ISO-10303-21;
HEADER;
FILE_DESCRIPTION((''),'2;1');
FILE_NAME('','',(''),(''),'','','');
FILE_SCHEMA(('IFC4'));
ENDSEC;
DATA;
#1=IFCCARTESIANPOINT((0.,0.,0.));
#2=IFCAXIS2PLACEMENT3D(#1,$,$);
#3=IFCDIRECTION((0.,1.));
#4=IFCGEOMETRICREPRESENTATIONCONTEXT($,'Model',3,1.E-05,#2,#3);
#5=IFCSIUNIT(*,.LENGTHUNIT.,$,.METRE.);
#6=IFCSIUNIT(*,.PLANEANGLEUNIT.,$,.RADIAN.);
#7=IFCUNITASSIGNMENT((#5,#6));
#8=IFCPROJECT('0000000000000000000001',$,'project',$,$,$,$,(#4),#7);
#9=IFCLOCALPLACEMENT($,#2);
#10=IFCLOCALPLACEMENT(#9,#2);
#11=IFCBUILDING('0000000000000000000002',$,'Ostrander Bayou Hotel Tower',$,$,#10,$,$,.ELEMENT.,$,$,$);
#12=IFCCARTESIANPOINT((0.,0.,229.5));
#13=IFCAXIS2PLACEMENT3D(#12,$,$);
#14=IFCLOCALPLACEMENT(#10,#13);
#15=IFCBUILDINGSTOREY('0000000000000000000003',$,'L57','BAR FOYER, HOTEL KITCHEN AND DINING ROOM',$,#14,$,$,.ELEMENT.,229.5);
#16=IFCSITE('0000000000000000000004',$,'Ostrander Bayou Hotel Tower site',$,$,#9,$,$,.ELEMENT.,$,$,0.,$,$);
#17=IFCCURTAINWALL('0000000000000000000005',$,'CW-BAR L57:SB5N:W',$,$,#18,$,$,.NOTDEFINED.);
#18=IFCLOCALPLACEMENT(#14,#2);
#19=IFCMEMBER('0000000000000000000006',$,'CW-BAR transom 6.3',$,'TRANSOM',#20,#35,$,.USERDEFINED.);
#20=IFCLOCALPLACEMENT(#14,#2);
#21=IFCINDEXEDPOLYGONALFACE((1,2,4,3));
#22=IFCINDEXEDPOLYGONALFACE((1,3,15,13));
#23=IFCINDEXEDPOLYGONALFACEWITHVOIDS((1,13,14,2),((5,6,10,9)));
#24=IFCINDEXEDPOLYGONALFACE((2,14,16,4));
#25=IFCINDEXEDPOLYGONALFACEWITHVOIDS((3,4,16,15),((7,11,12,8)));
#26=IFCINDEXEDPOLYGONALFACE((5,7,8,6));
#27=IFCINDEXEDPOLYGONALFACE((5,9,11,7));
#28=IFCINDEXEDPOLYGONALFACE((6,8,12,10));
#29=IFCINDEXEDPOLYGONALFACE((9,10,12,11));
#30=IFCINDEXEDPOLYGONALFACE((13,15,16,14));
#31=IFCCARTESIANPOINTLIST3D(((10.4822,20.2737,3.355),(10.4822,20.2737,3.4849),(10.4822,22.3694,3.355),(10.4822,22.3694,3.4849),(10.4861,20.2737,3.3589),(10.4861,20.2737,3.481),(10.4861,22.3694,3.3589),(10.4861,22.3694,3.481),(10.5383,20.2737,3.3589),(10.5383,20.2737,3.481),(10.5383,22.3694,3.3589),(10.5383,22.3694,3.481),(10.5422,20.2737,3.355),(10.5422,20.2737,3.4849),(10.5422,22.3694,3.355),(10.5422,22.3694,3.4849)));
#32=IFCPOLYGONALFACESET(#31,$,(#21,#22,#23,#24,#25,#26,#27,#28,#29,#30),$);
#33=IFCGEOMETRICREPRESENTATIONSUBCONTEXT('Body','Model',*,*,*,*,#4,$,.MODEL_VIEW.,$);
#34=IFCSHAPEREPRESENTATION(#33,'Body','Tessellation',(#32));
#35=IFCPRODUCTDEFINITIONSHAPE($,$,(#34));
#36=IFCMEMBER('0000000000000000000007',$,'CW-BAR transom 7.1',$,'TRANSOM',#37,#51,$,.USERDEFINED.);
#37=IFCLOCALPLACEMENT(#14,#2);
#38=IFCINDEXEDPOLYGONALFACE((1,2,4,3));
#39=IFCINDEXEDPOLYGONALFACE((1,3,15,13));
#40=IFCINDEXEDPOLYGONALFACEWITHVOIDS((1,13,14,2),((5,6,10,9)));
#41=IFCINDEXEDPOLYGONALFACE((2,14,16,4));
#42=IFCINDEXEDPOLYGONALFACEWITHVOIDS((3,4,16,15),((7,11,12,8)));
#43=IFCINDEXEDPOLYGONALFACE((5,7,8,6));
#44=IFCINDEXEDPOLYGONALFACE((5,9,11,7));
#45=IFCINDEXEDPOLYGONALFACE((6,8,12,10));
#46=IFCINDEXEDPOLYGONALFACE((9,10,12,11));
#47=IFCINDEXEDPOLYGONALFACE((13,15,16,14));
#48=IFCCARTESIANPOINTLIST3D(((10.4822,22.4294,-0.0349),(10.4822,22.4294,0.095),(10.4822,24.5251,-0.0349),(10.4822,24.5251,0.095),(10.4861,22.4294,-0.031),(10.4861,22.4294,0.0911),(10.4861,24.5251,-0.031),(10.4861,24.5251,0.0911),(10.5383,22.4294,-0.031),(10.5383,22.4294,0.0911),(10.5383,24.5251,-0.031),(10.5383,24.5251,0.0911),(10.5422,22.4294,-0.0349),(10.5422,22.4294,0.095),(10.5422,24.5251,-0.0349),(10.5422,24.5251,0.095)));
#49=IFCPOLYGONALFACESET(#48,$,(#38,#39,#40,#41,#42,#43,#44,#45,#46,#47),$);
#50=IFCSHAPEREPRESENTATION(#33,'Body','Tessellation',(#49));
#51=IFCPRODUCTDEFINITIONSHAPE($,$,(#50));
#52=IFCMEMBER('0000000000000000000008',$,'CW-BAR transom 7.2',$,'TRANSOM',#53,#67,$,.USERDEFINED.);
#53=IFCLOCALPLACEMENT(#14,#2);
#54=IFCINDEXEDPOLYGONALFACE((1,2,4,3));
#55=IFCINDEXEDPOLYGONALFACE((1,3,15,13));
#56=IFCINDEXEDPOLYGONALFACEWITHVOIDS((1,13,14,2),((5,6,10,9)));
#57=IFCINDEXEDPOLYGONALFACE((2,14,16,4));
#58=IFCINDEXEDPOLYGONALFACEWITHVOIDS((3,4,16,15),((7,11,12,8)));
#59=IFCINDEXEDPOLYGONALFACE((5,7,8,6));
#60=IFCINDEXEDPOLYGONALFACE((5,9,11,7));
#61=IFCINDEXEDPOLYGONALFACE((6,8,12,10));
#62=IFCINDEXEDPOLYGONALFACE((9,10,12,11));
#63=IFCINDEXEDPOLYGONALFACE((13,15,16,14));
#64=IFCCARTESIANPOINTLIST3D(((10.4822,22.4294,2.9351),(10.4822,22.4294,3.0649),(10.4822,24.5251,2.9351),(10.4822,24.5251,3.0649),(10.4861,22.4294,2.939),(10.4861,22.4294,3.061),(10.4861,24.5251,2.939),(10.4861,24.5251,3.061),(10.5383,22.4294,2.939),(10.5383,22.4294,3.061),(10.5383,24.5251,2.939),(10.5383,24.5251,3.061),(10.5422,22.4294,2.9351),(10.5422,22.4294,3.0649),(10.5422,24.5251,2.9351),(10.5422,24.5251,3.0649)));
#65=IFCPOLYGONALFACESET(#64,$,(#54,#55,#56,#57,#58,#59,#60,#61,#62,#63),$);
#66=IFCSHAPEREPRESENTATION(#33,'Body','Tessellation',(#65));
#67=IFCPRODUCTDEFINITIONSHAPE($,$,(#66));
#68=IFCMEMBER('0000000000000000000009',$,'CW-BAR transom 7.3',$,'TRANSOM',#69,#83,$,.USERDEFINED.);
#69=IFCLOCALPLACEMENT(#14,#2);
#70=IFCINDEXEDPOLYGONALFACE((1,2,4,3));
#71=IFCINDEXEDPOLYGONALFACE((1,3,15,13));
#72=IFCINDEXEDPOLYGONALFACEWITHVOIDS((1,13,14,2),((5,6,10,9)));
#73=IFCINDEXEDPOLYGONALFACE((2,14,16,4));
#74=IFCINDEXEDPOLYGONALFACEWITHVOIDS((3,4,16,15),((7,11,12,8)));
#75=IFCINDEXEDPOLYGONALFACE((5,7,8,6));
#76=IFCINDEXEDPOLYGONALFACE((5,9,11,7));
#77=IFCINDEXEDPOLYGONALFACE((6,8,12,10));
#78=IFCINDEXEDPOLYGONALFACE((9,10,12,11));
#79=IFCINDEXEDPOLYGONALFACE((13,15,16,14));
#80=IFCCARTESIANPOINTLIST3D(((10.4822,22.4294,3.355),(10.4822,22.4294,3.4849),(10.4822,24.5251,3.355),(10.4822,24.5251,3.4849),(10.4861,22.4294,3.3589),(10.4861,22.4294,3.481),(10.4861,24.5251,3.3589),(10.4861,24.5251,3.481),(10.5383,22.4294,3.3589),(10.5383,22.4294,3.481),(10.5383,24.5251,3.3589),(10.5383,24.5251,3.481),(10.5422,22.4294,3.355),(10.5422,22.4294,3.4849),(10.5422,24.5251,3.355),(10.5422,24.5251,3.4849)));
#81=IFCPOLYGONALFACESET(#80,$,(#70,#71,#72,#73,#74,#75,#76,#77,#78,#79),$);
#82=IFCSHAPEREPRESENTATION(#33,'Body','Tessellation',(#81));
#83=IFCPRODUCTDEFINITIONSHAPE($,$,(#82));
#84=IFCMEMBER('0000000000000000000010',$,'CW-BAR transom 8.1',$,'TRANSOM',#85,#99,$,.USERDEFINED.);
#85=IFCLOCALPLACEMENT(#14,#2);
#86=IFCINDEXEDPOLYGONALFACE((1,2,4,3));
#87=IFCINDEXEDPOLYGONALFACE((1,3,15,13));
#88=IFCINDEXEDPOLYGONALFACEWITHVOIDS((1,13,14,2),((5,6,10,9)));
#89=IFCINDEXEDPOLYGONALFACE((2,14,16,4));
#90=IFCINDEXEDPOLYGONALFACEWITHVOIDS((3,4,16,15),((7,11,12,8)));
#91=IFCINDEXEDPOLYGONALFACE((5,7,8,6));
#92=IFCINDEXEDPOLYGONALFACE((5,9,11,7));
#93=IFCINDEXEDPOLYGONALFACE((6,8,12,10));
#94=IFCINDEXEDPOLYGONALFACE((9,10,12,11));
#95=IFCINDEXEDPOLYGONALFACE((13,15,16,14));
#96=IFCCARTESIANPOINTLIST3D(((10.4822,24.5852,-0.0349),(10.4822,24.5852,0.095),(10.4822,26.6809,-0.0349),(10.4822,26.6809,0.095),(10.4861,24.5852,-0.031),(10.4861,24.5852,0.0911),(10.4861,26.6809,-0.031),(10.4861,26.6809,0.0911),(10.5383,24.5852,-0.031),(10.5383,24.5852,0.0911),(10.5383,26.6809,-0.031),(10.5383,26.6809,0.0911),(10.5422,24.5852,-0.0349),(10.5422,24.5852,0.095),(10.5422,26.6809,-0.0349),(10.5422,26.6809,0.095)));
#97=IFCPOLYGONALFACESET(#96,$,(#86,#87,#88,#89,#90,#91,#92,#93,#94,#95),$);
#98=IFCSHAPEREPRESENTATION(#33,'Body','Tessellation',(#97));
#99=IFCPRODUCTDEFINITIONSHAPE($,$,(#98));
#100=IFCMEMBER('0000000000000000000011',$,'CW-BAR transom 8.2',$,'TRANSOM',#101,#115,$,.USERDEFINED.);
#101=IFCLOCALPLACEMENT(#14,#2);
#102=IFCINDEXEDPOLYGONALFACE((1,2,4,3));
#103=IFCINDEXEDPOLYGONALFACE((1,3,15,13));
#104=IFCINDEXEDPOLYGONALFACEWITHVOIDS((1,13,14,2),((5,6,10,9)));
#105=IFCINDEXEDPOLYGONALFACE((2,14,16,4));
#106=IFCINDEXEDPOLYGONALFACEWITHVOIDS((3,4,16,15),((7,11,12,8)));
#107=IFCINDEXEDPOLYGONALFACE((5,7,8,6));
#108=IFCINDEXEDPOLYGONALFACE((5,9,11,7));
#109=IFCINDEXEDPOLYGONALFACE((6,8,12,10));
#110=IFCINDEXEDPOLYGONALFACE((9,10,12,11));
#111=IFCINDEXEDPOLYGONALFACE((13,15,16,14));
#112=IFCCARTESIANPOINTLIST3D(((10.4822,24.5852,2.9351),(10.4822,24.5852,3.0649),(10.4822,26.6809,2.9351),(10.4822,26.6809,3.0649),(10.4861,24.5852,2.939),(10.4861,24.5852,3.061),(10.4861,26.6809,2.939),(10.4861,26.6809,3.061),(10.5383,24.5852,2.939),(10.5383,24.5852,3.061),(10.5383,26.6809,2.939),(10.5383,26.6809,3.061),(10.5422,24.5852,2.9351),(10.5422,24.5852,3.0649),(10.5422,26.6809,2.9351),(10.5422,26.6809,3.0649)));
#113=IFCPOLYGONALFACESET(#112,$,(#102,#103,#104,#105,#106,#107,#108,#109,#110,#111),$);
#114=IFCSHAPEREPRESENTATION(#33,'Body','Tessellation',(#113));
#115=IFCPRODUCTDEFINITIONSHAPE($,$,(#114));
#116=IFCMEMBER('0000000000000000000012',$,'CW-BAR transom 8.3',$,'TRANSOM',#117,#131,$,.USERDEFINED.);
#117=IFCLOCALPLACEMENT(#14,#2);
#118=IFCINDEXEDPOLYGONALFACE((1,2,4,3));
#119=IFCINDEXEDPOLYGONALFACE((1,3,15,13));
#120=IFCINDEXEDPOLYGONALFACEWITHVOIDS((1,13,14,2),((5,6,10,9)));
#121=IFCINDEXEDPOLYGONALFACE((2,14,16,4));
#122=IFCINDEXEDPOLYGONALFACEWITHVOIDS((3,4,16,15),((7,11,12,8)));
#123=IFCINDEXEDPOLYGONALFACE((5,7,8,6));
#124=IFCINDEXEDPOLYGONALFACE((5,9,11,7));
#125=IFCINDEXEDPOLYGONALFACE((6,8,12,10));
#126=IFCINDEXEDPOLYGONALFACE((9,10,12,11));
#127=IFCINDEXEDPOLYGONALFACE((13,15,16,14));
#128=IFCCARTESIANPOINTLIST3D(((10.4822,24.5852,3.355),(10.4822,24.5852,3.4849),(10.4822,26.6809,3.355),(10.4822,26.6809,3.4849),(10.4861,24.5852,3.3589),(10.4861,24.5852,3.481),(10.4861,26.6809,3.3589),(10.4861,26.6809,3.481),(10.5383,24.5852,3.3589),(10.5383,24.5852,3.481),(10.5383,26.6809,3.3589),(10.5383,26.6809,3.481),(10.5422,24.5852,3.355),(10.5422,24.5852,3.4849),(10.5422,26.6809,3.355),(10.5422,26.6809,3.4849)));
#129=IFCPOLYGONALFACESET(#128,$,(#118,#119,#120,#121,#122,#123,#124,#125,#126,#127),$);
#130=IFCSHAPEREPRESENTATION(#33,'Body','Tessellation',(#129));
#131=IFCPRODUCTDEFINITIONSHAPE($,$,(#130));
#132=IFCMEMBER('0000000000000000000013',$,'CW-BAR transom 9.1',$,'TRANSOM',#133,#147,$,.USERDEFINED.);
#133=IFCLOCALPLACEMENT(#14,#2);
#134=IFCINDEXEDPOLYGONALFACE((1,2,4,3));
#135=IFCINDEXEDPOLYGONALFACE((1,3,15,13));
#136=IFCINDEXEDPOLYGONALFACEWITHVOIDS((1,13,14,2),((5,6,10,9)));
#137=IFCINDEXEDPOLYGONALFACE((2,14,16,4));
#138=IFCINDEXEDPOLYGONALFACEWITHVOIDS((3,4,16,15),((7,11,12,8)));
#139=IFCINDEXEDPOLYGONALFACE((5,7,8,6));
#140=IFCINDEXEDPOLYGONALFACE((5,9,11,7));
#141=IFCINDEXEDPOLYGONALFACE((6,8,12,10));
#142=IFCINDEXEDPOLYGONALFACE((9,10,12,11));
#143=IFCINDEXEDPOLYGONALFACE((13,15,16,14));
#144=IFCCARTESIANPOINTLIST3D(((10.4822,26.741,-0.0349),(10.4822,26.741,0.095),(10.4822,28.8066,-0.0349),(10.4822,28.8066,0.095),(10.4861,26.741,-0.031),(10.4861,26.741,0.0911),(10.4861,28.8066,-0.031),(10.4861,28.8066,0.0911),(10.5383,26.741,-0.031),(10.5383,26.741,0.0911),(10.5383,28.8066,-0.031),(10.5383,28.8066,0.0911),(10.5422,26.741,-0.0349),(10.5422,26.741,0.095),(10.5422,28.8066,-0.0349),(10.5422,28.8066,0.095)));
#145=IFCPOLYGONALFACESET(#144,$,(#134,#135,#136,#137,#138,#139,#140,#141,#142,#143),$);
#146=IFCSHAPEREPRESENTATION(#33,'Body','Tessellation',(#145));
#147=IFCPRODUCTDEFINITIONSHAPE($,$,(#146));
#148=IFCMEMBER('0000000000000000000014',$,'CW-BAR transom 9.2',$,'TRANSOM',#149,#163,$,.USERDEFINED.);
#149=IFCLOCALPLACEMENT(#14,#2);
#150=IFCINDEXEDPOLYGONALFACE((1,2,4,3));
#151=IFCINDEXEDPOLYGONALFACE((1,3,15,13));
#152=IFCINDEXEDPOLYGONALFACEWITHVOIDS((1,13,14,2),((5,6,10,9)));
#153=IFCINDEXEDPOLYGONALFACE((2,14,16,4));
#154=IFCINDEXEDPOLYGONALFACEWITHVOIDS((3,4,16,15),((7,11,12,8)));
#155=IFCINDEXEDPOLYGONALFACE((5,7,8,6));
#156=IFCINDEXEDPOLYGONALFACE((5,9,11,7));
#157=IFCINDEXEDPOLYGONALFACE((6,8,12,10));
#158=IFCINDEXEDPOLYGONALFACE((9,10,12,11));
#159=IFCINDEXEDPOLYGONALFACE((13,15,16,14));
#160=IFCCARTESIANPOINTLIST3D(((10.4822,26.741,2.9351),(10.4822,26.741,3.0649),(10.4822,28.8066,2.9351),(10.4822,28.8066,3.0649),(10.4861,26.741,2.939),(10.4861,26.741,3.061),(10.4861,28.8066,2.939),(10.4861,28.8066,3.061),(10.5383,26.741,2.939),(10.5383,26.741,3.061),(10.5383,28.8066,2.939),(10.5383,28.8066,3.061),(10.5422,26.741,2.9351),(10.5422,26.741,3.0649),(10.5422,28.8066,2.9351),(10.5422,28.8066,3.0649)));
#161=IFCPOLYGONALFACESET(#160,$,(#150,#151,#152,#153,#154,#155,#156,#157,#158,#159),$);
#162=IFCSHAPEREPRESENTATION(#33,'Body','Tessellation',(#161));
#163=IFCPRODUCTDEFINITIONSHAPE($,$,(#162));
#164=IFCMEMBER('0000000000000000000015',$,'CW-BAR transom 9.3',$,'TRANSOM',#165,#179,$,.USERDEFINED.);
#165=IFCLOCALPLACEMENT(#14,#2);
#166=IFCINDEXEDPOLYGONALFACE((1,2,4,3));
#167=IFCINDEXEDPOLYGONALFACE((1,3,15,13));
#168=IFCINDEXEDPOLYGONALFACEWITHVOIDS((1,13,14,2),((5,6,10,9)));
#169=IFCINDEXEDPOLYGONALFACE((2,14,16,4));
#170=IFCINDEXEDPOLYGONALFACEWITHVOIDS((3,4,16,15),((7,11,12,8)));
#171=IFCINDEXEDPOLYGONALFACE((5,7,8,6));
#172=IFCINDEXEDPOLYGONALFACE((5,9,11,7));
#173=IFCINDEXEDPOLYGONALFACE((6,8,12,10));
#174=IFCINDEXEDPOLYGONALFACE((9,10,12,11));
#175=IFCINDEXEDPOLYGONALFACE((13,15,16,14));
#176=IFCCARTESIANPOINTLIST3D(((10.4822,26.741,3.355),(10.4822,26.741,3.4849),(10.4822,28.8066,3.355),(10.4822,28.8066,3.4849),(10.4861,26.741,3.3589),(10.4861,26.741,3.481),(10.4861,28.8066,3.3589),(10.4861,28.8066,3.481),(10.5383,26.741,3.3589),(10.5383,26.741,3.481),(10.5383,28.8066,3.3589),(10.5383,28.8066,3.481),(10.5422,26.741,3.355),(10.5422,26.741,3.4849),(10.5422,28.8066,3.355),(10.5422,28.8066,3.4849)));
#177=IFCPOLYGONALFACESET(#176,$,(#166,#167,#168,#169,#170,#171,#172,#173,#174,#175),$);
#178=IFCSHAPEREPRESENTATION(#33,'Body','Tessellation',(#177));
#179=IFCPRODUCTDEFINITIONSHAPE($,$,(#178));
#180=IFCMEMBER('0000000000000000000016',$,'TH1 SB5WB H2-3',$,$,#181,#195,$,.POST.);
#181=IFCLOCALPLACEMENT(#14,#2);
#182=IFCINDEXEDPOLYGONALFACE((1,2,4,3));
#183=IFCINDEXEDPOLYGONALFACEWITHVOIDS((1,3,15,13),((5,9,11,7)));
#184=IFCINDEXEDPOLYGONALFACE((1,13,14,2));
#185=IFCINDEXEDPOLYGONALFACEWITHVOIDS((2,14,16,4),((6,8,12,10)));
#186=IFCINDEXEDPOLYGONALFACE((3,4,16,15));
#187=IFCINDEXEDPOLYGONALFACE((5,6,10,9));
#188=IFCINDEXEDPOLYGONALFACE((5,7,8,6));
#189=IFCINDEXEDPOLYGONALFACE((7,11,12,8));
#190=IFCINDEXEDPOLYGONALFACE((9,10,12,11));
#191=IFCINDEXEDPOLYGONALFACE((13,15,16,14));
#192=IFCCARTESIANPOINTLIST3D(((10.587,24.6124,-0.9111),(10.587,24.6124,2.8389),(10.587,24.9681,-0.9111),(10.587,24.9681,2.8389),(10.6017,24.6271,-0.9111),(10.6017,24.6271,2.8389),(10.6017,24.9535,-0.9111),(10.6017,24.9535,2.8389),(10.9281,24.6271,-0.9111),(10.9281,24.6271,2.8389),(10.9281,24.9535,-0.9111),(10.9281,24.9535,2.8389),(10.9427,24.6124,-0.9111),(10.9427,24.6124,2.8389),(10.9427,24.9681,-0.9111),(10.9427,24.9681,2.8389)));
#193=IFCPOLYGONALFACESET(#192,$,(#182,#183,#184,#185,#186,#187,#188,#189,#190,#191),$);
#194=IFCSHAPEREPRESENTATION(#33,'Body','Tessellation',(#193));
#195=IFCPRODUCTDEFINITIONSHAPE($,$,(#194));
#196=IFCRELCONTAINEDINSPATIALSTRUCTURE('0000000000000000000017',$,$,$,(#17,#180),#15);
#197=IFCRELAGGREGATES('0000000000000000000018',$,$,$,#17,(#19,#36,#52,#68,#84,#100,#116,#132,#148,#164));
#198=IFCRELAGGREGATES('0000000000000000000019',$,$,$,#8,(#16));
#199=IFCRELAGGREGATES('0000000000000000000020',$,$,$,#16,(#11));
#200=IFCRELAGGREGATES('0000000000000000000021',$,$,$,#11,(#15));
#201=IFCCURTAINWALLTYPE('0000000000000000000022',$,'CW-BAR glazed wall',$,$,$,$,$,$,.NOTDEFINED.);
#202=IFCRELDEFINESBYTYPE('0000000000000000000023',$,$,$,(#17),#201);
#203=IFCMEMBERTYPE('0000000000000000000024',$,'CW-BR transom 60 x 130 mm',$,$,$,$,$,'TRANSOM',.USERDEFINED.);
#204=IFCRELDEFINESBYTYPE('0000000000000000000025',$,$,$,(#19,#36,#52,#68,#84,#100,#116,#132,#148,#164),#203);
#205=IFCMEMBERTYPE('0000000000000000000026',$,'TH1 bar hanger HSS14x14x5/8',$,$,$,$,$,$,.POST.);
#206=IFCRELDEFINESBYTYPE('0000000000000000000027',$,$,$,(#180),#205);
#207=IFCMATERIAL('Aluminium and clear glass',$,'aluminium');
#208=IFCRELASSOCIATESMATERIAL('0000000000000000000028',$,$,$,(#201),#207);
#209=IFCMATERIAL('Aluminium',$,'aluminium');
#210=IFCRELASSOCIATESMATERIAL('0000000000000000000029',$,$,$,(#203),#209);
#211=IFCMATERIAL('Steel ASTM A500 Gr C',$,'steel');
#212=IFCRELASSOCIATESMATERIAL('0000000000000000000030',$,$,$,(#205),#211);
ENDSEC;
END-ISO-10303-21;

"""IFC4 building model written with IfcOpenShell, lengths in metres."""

from ifc_helpers import new_model, si_unit, direction, frame, origin, origin_2d, place, context, subcontext, project, spatial, hollow_rectangle, extrude, material, material_profile, profile_set, type_object, element, aggregate, save


model = new_model("IFC4")

# Units and contexts
model_context = context("Model", 3, precision=1e-05, world=origin(), true_north=direction((0.0, 1.0)))
body_context = subcontext(model_context, "Body", "Model", "MODEL_VIEW")
ifc_project = project(units=[si_unit("LENGTHUNIT", "METRE"), si_unit("PLANEANGLEUNIT", "RADIAN")], contexts=[model_context])

# Site, building, storey
site_placement = place(None, origin())
site = spatial("IfcSite", under=ifc_project, at=site_placement, Name="Ostrander Bayou Hotel Tower site", CompositionType="ELEMENT", RefElevation=0.0)
building_placement = place(site_placement, origin())
building = spatial("IfcBuilding", under=site, at=building_placement, Name="Ostrander Bayou Hotel Tower", CompositionType="ELEMENT")
storey_placement = place(building_placement, frame((0.0, 0.0, 229.5)))
storey = spatial("IfcBuildingStorey", under=building, at=storey_placement, Name="L57", Description="BAR FOYER, HOTEL KITCHEN AND DINING ROOM", CompositionType="ELEMENT", Elevation=229.5)

# Curtain wall, members
ifc_material_1 = material(Name="Aluminium and clear glass", Category="aluminium")
curtain_wall_type = type_object("IfcCurtainWallType", Name="CW-BAR glazed wall", PredefinedType="NOTDEFINED", material=ifc_material_1)
curtain_wall_placement = place(storey_placement, origin())
curtain_wall = element("IfcCurtainWall", 1, at=curtain_wall_placement, inside=storey, type_object=curtain_wall_type, Name="CW-BAR L57:SB5N:W", PredefinedType="NOTDEFINED")
ifc_material_2 = material(Name="Aluminium", Category="aluminium")
ifc_material_profile_1 = material_profile(ifc_material_2, hollow_rectangle(XDim=0.0601, YDim=0.1299, WallThickness=0.0039, at=origin_2d()))
ifc_profile_set_1 = profile_set([ifc_material_profile_1], Name="Aluminium")
member_type_1 = type_object("IfcMemberType", Name="CW-BR transom 60 x 130 mm", ElementType="TRANSOM", PredefinedType="USERDEFINED", material=ifc_profile_set_1)
member_1_placement = place(storey_placement, frame((10.5122, 20.2737, 3.4199), z_axis=(0.0, 1.0, 0.0), x_axis=(-1.0, 0.0, 0.0)))
member_1 = element("IfcMember", 2, at=member_1_placement, type_object=member_type_1, Name="CW-BAR transom 6.3", ObjectType="TRANSOM", PredefinedType="USERDEFINED", context=body_context, shape_type="SweptSolid", body=[
    extrude(hollow_rectangle(XDim=0.0601, YDim=0.1299, WallThickness=0.0039, at=origin_2d()), origin(), (0.0, 0.0, 1.0), 2.0957),
])
member_2_placement = place(storey_placement, frame((10.5122, 22.4294, 0.03), z_axis=(0.0, 1.0, 0.0), x_axis=(-1.0, 0.0, 0.0)))
member_2 = element("IfcMember", 3, at=member_2_placement, type_object=member_type_1, Name="CW-BAR transom 7.1", ObjectType="TRANSOM", PredefinedType="USERDEFINED", context=body_context, shape_type="SweptSolid", body=[
    extrude(hollow_rectangle(XDim=0.0601, YDim=0.1299, WallThickness=0.0039, at=origin_2d()), origin(), (0.0, 0.0, 1.0), 2.0957),
])
member_3_placement = place(storey_placement, frame((10.5122, 22.4294, 3.0), z_axis=(0.0, 1.0, 0.0), x_axis=(-1.0, 0.0, 0.0)))
member_3 = element("IfcMember", 4, at=member_3_placement, type_object=member_type_1, Name="CW-BAR transom 7.2", ObjectType="TRANSOM", PredefinedType="USERDEFINED", context=body_context, shape_type="SweptSolid", body=[
    extrude(hollow_rectangle(XDim=0.0601, YDim=0.1299, WallThickness=0.0039, at=origin_2d()), origin(), (0.0, 0.0, 1.0), 2.0957),
])
member_4_placement = place(storey_placement, frame((10.5122, 22.4294, 3.4199), z_axis=(0.0, 1.0, 0.0), x_axis=(-1.0, 0.0, 0.0)))
member_4 = element("IfcMember", 5, at=member_4_placement, type_object=member_type_1, Name="CW-BAR transom 7.3", ObjectType="TRANSOM", PredefinedType="USERDEFINED", context=body_context, shape_type="SweptSolid", body=[
    extrude(hollow_rectangle(XDim=0.0601, YDim=0.1299, WallThickness=0.0039, at=origin_2d()), origin(), (0.0, 0.0, 1.0), 2.0957),
])
member_5_placement = place(storey_placement, frame((10.5122, 24.5852, 0.03), z_axis=(0.0, 1.0, 0.0), x_axis=(-1.0, 0.0, 0.0)))
member_5 = element("IfcMember", 6, at=member_5_placement, type_object=member_type_1, Name="CW-BAR transom 8.1", ObjectType="TRANSOM", PredefinedType="USERDEFINED", context=body_context, shape_type="SweptSolid", body=[
    extrude(hollow_rectangle(XDim=0.0601, YDim=0.1299, WallThickness=0.0039, at=origin_2d()), origin(), (0.0, 0.0, 1.0), 2.0957),
])
member_6_placement = place(storey_placement, frame((10.5122, 24.5852, 3.0), z_axis=(0.0, 1.0, 0.0), x_axis=(-1.0, 0.0, 0.0)))
member_6 = element("IfcMember", 7, at=member_6_placement, type_object=member_type_1, Name="CW-BAR transom 8.2", ObjectType="TRANSOM", PredefinedType="USERDEFINED", context=body_context, shape_type="SweptSolid", body=[
    extrude(hollow_rectangle(XDim=0.0601, YDim=0.1299, WallThickness=0.0039, at=origin_2d()), origin(), (0.0, 0.0, 1.0), 2.0957),
])
member_7_placement = place(storey_placement, frame((10.5122, 24.5852, 3.4199), z_axis=(0.0, 1.0, 0.0), x_axis=(-1.0, 0.0, 0.0)))
member_7 = element("IfcMember", 8, at=member_7_placement, type_object=member_type_1, Name="CW-BAR transom 8.3", ObjectType="TRANSOM", PredefinedType="USERDEFINED", context=body_context, shape_type="SweptSolid", body=[
    extrude(hollow_rectangle(XDim=0.0601, YDim=0.1299, WallThickness=0.0039, at=origin_2d()), origin(), (0.0, 0.0, 1.0), 2.0957),
])
member_8_placement = place(storey_placement, frame((10.5122, 26.741, 0.03), z_axis=(0.0, 1.0, 0.0), x_axis=(-1.0, 0.0, 0.0)))
member_8 = element("IfcMember", 9, at=member_8_placement, type_object=member_type_1, Name="CW-BAR transom 9.1", ObjectType="TRANSOM", PredefinedType="USERDEFINED", context=body_context, shape_type="SweptSolid", body=[
    extrude(hollow_rectangle(XDim=0.0601, YDim=0.1299, WallThickness=0.0039, at=origin_2d()), origin(), (0.0, 0.0, 1.0), 2.0657),
])
member_9_placement = place(storey_placement, frame((10.5122, 26.741, 3.0), z_axis=(0.0, 1.0, 0.0), x_axis=(-1.0, 0.0, 0.0)))
member_9 = element("IfcMember", 10, at=member_9_placement, type_object=member_type_1, Name="CW-BAR transom 9.2", ObjectType="TRANSOM", PredefinedType="USERDEFINED", context=body_context, shape_type="SweptSolid", body=[
    extrude(hollow_rectangle(XDim=0.0601, YDim=0.1299, WallThickness=0.0039, at=origin_2d()), origin(), (0.0, 0.0, 1.0), 2.0657),
])
member_10_placement = place(storey_placement, frame((10.5122, 26.741, 3.4199), z_axis=(0.0, 1.0, 0.0), x_axis=(-1.0, 0.0, 0.0)))
member_10 = element("IfcMember", 11, at=member_10_placement, type_object=member_type_1, Name="CW-BAR transom 9.3", ObjectType="TRANSOM", PredefinedType="USERDEFINED", context=body_context, shape_type="SweptSolid", body=[
    extrude(hollow_rectangle(XDim=0.0601, YDim=0.1299, WallThickness=0.0039, at=origin_2d()), origin(), (0.0, 0.0, 1.0), 2.0657),
])

# Member
ifc_material_3 = material(Name="Steel ASTM A500 Gr C", Category="steel")
ifc_material_profile_2 = material_profile(ifc_material_3, hollow_rectangle(XDim=0.3557, YDim=0.3557, WallThickness=0.0146, at=origin_2d()))
ifc_profile_set_2 = profile_set([ifc_material_profile_2], Name="Steel ASTM A500 Gr C")
member_type_2 = type_object("IfcMemberType", Name="TH1 bar hanger HSS14x14x5/8", PredefinedType="POST", material=ifc_profile_set_2)
for number, where, z_axis, x_axis, name in (
    (12, (10.7649, 24.7903, -0.9111), (0.0, 0.0, 1.0), (1.0, 0.0, 0.0), "TH1 SB5WB H2-3"),
):
    element("IfcMember", number, at=place(storey_placement, frame(where, z_axis=z_axis, x_axis=x_axis)), inside=storey, type_object=member_type_2, Name=name, PredefinedType="POST", context=body_context, shape_type="SweptSolid", body=[
        extrude(hollow_rectangle(XDim=0.3557, YDim=0.3557, WallThickness=0.0146, at=origin_2d()), origin(), (0.0, 0.0, 1.0), 3.75),
    ])

aggregate(curtain_wall, [member_1, member_2, member_3, member_4, member_5, member_6, member_7, member_8, member_9, member_10])

save(model, "model.ifc")
